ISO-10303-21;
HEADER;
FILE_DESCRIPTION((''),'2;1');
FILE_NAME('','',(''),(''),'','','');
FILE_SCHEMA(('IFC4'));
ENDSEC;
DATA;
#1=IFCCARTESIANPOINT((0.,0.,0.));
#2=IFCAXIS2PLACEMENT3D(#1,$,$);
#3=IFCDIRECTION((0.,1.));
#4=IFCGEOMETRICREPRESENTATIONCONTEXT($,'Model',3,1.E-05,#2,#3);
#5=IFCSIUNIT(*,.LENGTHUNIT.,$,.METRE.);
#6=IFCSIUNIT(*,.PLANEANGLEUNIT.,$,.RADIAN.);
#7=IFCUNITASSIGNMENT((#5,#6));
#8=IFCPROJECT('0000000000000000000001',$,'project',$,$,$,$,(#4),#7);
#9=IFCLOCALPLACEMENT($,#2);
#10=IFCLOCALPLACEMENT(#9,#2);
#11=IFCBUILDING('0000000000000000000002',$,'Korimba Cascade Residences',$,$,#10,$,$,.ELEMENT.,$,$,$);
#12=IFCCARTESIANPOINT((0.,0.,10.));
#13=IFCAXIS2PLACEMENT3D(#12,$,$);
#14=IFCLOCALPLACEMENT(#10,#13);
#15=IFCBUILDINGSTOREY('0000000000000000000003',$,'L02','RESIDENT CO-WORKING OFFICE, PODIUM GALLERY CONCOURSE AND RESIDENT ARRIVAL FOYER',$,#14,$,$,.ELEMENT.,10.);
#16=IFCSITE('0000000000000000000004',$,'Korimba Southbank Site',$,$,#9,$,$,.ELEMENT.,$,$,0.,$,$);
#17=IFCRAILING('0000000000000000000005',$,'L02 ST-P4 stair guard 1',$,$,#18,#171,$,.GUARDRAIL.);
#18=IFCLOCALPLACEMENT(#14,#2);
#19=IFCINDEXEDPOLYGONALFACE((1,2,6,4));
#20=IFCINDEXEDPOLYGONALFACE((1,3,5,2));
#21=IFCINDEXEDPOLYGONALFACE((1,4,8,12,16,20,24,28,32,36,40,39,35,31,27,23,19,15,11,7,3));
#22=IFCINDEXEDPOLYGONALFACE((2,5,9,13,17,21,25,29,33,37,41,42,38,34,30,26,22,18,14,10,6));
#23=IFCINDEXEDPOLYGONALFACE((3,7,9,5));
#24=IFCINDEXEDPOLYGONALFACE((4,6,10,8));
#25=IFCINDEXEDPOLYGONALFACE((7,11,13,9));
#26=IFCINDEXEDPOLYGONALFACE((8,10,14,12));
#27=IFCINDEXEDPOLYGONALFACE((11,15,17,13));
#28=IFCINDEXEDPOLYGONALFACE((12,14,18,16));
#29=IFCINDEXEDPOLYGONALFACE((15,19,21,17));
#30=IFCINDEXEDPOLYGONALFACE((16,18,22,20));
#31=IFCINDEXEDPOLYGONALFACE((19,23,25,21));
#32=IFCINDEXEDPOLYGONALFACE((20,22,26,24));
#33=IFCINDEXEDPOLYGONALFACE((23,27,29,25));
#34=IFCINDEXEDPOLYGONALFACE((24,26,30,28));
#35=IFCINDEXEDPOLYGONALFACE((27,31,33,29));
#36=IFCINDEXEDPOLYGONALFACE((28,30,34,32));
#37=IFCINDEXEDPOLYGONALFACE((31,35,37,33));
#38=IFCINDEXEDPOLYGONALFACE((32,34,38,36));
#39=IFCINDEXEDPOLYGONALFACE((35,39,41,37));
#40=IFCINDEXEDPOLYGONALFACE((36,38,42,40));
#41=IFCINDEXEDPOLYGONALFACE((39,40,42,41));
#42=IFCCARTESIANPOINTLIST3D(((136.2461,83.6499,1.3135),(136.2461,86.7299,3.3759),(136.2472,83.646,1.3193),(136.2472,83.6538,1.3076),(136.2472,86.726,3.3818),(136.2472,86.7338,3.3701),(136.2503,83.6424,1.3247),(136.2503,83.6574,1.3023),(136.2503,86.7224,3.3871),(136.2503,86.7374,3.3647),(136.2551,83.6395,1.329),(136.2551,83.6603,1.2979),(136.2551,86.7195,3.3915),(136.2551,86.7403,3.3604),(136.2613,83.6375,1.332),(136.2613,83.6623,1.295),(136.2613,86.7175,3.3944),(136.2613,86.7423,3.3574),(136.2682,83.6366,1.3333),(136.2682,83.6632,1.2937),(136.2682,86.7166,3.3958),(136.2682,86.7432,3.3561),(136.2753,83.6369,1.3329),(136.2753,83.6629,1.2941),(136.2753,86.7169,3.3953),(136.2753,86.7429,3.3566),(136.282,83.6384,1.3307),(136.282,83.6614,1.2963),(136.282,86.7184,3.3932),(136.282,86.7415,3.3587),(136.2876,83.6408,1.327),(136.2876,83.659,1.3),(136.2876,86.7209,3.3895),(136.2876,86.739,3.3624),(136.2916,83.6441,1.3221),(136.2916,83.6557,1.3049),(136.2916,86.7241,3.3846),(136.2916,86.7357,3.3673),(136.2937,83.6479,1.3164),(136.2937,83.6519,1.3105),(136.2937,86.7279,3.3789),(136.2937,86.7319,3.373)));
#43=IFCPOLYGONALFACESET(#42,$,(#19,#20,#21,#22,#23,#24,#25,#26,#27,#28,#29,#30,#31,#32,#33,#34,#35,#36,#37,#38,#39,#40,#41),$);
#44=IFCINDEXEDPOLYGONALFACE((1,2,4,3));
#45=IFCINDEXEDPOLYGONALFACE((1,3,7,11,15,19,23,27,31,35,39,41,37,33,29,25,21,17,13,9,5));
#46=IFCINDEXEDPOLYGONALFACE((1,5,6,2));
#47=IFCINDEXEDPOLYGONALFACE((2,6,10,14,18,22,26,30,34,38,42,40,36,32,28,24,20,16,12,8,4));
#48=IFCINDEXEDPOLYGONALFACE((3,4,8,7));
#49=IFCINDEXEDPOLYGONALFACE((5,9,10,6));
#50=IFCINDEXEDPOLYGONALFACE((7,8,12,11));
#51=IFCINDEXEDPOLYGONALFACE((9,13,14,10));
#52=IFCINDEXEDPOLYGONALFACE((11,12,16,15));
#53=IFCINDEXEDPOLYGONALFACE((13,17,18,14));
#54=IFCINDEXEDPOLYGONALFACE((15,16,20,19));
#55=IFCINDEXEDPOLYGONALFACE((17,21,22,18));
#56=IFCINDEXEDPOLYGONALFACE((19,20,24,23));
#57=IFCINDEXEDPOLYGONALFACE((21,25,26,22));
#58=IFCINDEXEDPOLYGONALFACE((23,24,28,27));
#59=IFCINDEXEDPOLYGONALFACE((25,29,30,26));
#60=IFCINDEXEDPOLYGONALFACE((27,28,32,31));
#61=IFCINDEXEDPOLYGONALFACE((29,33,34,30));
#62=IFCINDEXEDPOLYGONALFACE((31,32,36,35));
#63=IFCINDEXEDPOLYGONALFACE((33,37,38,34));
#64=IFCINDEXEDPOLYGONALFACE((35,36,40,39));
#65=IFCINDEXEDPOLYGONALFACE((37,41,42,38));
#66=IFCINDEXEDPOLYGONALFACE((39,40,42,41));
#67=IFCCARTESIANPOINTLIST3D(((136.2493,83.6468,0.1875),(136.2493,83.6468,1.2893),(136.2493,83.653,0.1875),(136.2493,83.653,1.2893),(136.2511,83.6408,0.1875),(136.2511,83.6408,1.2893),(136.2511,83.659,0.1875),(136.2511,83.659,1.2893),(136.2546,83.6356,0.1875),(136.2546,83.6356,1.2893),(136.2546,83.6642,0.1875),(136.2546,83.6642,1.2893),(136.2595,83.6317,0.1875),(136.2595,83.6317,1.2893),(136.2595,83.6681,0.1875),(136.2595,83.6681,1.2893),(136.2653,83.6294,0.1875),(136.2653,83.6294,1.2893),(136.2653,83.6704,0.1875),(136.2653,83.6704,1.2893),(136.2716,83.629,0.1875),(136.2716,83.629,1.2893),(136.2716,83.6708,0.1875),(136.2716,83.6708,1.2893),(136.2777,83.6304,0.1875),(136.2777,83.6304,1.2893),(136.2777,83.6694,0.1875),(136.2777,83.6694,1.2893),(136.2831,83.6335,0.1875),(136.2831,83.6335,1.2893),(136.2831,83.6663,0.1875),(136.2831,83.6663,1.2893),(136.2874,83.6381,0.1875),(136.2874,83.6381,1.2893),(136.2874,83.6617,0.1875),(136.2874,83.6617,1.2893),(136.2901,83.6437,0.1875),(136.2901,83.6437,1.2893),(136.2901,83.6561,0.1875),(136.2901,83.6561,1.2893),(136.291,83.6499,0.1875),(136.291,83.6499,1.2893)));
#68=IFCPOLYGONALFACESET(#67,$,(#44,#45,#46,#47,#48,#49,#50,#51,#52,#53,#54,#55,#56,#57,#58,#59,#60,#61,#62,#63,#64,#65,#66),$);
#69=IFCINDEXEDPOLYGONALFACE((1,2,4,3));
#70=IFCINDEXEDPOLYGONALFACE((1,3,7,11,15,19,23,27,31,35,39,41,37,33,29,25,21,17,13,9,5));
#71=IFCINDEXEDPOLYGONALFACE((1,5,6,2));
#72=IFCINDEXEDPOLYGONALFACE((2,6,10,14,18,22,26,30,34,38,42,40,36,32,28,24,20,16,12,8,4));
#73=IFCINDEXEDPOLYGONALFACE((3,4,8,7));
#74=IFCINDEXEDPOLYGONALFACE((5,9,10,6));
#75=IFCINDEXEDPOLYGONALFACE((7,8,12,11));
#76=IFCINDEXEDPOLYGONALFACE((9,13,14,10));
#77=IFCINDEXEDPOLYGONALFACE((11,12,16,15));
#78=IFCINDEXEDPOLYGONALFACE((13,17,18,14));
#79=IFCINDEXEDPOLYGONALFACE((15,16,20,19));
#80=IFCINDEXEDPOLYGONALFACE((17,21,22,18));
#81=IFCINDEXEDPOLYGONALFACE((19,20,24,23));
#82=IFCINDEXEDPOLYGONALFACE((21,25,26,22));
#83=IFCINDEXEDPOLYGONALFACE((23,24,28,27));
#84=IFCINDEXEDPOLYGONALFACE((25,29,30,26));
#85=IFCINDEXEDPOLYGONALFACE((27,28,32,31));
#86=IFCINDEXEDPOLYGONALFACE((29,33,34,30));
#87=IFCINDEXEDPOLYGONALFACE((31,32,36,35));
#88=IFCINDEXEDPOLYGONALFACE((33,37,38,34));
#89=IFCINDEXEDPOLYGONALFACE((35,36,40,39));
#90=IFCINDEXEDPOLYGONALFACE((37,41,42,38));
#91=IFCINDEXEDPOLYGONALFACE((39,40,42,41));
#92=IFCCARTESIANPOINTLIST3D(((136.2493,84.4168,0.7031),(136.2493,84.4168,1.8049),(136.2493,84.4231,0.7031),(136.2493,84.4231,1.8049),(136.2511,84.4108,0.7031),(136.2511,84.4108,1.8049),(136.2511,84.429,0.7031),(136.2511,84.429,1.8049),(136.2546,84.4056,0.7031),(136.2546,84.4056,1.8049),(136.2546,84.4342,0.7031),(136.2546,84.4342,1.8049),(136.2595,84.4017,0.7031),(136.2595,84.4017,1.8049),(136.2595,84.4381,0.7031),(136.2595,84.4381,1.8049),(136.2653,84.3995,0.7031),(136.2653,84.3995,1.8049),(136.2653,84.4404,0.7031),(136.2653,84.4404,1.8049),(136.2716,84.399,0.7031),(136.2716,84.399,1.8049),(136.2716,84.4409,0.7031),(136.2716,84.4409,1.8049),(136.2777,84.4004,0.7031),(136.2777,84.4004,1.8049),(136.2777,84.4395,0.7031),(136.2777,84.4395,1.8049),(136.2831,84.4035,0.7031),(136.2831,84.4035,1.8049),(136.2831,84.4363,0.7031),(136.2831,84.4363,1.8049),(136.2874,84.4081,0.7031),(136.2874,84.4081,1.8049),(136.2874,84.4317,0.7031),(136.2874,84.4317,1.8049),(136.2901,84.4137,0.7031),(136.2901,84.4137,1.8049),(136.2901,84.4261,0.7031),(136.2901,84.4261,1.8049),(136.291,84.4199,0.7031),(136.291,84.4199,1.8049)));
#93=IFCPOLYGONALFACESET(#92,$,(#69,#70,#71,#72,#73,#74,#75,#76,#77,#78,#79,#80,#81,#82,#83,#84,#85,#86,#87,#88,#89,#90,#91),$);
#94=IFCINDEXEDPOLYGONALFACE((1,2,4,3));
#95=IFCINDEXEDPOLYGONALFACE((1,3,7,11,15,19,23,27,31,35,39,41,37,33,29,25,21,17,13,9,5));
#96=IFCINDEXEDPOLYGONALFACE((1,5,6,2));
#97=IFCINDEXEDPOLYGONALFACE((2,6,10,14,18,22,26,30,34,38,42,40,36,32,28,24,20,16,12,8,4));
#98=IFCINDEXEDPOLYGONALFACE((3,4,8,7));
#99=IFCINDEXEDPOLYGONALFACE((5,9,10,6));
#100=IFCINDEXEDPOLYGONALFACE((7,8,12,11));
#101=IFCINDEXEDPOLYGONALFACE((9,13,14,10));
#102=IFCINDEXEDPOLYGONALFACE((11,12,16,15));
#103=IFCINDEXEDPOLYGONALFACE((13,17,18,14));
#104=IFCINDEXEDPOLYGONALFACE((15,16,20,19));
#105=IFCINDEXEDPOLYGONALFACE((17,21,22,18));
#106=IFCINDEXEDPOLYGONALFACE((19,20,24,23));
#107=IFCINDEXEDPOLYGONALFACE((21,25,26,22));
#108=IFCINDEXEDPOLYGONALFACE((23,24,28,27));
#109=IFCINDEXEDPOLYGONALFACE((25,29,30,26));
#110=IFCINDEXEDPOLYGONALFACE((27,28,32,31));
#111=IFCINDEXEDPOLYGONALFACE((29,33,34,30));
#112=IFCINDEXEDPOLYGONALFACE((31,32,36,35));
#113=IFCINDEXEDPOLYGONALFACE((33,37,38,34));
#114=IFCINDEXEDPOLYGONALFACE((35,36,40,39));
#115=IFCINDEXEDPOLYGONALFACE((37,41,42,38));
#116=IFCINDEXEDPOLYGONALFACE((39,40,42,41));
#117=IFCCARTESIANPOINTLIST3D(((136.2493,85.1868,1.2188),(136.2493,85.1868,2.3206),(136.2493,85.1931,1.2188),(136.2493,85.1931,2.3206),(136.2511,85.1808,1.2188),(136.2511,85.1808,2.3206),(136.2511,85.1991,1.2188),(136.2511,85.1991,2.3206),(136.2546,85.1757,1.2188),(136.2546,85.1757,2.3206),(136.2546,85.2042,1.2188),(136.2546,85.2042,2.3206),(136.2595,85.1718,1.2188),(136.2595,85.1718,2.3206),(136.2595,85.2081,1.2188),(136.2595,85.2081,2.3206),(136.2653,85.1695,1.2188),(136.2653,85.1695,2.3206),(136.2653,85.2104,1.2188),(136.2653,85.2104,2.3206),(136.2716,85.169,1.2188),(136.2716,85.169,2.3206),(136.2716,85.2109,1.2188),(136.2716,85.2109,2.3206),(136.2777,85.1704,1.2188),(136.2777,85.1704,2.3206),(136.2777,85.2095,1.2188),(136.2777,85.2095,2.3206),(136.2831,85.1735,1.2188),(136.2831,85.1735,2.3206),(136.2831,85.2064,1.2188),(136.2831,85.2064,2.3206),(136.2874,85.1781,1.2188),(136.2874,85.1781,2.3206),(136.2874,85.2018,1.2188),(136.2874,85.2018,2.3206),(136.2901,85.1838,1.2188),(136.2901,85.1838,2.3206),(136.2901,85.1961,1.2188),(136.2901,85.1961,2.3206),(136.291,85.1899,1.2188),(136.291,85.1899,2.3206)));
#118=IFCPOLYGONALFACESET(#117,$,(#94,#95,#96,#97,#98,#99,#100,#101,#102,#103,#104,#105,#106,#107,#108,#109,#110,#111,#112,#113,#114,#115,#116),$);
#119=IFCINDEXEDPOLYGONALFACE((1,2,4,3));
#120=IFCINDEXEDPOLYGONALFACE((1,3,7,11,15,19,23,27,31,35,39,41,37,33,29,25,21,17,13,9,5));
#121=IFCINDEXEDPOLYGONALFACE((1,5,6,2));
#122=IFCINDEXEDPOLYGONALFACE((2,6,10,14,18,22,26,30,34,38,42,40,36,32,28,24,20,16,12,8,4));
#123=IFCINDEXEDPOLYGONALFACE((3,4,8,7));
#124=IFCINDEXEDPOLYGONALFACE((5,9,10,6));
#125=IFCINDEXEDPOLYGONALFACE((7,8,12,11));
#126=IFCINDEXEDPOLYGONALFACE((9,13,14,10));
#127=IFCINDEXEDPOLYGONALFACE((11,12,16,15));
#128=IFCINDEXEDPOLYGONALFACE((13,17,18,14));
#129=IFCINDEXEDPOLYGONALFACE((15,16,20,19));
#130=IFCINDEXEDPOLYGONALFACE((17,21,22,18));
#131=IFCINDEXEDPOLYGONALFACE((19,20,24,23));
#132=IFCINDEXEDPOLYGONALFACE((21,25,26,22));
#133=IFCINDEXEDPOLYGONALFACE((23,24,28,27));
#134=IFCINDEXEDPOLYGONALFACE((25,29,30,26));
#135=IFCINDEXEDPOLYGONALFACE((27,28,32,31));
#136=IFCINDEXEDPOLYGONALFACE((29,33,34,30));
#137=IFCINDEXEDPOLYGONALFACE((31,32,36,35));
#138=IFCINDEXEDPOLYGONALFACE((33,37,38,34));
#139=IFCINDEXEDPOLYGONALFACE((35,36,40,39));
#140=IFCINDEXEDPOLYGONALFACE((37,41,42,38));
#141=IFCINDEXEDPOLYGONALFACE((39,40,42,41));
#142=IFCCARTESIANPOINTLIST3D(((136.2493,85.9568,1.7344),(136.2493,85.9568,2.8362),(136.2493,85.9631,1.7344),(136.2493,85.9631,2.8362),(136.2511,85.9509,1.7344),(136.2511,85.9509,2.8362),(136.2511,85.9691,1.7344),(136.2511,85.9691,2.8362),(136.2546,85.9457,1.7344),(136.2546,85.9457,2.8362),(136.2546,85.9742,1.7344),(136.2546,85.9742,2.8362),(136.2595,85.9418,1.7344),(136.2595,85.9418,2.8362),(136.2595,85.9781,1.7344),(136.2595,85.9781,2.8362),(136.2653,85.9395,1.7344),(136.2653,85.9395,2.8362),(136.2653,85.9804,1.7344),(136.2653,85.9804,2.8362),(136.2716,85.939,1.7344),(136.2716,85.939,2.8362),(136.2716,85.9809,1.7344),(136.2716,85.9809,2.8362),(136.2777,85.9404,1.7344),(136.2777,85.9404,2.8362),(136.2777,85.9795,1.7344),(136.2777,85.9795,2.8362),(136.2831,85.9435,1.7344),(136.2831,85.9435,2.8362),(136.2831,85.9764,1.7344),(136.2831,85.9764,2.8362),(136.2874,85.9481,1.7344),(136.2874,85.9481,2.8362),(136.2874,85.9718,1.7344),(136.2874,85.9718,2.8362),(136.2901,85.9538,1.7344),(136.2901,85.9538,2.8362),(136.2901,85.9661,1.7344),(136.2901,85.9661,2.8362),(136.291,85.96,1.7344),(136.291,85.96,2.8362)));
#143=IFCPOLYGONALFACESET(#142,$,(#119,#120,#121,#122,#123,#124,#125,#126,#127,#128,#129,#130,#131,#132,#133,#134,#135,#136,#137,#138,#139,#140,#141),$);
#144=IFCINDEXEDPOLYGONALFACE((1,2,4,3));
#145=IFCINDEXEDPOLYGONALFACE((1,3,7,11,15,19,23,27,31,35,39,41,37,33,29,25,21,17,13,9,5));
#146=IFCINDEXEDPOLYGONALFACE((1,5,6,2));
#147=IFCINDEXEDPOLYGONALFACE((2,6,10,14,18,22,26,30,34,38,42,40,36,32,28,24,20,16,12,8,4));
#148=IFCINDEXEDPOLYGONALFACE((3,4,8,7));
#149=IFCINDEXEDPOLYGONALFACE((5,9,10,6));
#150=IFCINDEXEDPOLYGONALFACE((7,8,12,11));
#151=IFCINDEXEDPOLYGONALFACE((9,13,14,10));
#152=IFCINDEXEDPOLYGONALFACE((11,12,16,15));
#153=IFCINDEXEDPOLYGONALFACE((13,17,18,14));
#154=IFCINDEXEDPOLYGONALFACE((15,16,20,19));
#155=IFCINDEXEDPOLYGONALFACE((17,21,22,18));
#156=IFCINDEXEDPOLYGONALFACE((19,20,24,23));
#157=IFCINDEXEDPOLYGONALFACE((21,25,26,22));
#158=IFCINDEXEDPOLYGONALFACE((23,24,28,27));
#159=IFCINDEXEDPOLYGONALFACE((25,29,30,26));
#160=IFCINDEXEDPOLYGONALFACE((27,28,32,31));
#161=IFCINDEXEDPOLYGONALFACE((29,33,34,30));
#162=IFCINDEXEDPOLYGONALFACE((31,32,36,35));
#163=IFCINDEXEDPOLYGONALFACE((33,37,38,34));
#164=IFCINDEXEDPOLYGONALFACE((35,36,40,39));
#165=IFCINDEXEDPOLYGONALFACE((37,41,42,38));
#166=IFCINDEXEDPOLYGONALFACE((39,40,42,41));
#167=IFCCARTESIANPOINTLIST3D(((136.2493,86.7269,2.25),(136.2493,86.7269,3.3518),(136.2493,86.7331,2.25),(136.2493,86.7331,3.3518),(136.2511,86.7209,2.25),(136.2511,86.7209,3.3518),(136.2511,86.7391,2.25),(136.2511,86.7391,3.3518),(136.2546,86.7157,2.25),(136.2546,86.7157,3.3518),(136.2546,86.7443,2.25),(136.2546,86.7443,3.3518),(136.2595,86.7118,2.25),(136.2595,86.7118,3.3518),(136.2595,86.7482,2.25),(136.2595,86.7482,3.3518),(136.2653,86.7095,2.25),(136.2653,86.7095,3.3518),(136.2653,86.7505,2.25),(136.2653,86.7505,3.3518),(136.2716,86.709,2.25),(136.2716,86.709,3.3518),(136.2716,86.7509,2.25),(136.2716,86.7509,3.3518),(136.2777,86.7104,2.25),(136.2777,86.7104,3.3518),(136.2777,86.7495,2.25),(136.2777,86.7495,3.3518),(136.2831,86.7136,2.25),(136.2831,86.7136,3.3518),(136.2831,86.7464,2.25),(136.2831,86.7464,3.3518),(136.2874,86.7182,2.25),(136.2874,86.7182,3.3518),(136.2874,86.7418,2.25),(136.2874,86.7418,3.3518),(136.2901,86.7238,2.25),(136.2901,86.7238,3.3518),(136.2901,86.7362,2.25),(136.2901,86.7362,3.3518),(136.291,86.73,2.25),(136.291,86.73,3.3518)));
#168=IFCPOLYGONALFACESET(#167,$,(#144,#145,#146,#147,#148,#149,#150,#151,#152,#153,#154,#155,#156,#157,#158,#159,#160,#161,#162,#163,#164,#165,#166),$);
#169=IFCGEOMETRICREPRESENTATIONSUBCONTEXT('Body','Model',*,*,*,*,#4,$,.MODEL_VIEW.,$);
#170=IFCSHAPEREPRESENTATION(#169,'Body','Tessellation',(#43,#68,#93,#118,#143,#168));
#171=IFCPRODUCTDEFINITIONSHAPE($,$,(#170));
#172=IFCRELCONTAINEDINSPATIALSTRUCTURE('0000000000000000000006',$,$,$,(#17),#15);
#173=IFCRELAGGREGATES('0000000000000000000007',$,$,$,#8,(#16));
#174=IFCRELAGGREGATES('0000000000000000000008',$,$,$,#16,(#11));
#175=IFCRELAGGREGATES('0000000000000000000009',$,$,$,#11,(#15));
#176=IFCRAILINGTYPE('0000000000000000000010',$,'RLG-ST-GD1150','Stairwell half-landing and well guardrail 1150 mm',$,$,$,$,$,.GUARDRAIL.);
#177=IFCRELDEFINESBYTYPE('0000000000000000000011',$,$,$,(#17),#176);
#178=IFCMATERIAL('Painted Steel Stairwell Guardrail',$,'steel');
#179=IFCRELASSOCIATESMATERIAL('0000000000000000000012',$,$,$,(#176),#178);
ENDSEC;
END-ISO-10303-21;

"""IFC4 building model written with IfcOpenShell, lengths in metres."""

from ifc_helpers import new_model, si_unit, direction, frame, origin, origin_2d, place, context, subcontext, project, spatial, circle, extrude, material, type_object, element, save


model = new_model("IFC4")

# Units and contexts
model_context = context("Model", 3, precision=1e-05, world=origin(), true_north=direction((0.0, 1.0)))
body_context = subcontext(model_context, "Body", "Model", "MODEL_VIEW")
ifc_project = project(units=[si_unit("LENGTHUNIT", "METRE"), si_unit("PLANEANGLEUNIT", "RADIAN")], contexts=[model_context])

# Site, building, storey
site_placement = place(None, origin())
site = spatial("IfcSite", under=ifc_project, at=site_placement, Name="Korimba Southbank Site", CompositionType="ELEMENT", RefElevation=0.0)
building_placement = place(site_placement, origin())
building = spatial("IfcBuilding", under=site, at=building_placement, Name="Korimba Cascade Residences", CompositionType="ELEMENT")
storey_placement = place(building_placement, frame((0.0, 0.0, 10.0)))
storey = spatial("IfcBuildingStorey", under=building, at=storey_placement, Name="L02", Description="RESIDENT CO-WORKING OFFICE, PODIUM GALLERY CONCOURSE AND RESIDENT ARRIVAL FOYER", CompositionType="ELEMENT", Elevation=10.0)

# Railing
ifc_material_1 = material(Name="Painted Steel Stairwell Guardrail", Category="steel")
railing_type_1 = type_object("IfcRailingType", Name="RLG-ST-GD1150", Description="Stairwell half-landing and well guardrail 1150 mm", PredefinedType="GUARDRAIL", material=ifc_material_1)
railing_1_placement = place(storey_placement, frame((136.27, 83.6499, 0.1875)))
element("IfcRailing", 1, at=railing_1_placement, inside=storey, type_object=railing_type_1, Name="L02 ST-P4 stair guard 1", PredefinedType="GUARDRAIL", context=body_context, shape_type="SweptSolid", body=[
    extrude(circle(Radius=0.0239, at=origin_2d()), frame((0.0, 0.0, 1.126), z_axis=(0.0, 0.830914, 0.556401), x_axis=(-1.0, 0.0, 0.0)), (0.0, 0.0, 1.0), 3.7068),
    extrude(circle(Radius=0.021, at=origin_2d()), origin(), (0.0, 0.0, 1.0), 1.1018),
    extrude(circle(Radius=0.021, at=origin_2d()), frame((0.0, 0.77, 0.5156)), (0.0, 0.0, 1.0), 1.1018),
    extrude(circle(Radius=0.021, at=origin_2d()), frame((0.0, 1.54, 1.0312)), (0.0, 0.0, 1.0), 1.1018),
    extrude(circle(Radius=0.021, at=origin_2d()), frame((0.0, 2.3101, 1.5469)), (0.0, 0.0, 1.0), 1.1018),
    extrude(circle(Radius=0.021, at=origin_2d()), frame((0.0, 3.0801, 2.0625)), (0.0, 0.0, 1.0), 1.1018),
])

save(model, "model.ifc")
